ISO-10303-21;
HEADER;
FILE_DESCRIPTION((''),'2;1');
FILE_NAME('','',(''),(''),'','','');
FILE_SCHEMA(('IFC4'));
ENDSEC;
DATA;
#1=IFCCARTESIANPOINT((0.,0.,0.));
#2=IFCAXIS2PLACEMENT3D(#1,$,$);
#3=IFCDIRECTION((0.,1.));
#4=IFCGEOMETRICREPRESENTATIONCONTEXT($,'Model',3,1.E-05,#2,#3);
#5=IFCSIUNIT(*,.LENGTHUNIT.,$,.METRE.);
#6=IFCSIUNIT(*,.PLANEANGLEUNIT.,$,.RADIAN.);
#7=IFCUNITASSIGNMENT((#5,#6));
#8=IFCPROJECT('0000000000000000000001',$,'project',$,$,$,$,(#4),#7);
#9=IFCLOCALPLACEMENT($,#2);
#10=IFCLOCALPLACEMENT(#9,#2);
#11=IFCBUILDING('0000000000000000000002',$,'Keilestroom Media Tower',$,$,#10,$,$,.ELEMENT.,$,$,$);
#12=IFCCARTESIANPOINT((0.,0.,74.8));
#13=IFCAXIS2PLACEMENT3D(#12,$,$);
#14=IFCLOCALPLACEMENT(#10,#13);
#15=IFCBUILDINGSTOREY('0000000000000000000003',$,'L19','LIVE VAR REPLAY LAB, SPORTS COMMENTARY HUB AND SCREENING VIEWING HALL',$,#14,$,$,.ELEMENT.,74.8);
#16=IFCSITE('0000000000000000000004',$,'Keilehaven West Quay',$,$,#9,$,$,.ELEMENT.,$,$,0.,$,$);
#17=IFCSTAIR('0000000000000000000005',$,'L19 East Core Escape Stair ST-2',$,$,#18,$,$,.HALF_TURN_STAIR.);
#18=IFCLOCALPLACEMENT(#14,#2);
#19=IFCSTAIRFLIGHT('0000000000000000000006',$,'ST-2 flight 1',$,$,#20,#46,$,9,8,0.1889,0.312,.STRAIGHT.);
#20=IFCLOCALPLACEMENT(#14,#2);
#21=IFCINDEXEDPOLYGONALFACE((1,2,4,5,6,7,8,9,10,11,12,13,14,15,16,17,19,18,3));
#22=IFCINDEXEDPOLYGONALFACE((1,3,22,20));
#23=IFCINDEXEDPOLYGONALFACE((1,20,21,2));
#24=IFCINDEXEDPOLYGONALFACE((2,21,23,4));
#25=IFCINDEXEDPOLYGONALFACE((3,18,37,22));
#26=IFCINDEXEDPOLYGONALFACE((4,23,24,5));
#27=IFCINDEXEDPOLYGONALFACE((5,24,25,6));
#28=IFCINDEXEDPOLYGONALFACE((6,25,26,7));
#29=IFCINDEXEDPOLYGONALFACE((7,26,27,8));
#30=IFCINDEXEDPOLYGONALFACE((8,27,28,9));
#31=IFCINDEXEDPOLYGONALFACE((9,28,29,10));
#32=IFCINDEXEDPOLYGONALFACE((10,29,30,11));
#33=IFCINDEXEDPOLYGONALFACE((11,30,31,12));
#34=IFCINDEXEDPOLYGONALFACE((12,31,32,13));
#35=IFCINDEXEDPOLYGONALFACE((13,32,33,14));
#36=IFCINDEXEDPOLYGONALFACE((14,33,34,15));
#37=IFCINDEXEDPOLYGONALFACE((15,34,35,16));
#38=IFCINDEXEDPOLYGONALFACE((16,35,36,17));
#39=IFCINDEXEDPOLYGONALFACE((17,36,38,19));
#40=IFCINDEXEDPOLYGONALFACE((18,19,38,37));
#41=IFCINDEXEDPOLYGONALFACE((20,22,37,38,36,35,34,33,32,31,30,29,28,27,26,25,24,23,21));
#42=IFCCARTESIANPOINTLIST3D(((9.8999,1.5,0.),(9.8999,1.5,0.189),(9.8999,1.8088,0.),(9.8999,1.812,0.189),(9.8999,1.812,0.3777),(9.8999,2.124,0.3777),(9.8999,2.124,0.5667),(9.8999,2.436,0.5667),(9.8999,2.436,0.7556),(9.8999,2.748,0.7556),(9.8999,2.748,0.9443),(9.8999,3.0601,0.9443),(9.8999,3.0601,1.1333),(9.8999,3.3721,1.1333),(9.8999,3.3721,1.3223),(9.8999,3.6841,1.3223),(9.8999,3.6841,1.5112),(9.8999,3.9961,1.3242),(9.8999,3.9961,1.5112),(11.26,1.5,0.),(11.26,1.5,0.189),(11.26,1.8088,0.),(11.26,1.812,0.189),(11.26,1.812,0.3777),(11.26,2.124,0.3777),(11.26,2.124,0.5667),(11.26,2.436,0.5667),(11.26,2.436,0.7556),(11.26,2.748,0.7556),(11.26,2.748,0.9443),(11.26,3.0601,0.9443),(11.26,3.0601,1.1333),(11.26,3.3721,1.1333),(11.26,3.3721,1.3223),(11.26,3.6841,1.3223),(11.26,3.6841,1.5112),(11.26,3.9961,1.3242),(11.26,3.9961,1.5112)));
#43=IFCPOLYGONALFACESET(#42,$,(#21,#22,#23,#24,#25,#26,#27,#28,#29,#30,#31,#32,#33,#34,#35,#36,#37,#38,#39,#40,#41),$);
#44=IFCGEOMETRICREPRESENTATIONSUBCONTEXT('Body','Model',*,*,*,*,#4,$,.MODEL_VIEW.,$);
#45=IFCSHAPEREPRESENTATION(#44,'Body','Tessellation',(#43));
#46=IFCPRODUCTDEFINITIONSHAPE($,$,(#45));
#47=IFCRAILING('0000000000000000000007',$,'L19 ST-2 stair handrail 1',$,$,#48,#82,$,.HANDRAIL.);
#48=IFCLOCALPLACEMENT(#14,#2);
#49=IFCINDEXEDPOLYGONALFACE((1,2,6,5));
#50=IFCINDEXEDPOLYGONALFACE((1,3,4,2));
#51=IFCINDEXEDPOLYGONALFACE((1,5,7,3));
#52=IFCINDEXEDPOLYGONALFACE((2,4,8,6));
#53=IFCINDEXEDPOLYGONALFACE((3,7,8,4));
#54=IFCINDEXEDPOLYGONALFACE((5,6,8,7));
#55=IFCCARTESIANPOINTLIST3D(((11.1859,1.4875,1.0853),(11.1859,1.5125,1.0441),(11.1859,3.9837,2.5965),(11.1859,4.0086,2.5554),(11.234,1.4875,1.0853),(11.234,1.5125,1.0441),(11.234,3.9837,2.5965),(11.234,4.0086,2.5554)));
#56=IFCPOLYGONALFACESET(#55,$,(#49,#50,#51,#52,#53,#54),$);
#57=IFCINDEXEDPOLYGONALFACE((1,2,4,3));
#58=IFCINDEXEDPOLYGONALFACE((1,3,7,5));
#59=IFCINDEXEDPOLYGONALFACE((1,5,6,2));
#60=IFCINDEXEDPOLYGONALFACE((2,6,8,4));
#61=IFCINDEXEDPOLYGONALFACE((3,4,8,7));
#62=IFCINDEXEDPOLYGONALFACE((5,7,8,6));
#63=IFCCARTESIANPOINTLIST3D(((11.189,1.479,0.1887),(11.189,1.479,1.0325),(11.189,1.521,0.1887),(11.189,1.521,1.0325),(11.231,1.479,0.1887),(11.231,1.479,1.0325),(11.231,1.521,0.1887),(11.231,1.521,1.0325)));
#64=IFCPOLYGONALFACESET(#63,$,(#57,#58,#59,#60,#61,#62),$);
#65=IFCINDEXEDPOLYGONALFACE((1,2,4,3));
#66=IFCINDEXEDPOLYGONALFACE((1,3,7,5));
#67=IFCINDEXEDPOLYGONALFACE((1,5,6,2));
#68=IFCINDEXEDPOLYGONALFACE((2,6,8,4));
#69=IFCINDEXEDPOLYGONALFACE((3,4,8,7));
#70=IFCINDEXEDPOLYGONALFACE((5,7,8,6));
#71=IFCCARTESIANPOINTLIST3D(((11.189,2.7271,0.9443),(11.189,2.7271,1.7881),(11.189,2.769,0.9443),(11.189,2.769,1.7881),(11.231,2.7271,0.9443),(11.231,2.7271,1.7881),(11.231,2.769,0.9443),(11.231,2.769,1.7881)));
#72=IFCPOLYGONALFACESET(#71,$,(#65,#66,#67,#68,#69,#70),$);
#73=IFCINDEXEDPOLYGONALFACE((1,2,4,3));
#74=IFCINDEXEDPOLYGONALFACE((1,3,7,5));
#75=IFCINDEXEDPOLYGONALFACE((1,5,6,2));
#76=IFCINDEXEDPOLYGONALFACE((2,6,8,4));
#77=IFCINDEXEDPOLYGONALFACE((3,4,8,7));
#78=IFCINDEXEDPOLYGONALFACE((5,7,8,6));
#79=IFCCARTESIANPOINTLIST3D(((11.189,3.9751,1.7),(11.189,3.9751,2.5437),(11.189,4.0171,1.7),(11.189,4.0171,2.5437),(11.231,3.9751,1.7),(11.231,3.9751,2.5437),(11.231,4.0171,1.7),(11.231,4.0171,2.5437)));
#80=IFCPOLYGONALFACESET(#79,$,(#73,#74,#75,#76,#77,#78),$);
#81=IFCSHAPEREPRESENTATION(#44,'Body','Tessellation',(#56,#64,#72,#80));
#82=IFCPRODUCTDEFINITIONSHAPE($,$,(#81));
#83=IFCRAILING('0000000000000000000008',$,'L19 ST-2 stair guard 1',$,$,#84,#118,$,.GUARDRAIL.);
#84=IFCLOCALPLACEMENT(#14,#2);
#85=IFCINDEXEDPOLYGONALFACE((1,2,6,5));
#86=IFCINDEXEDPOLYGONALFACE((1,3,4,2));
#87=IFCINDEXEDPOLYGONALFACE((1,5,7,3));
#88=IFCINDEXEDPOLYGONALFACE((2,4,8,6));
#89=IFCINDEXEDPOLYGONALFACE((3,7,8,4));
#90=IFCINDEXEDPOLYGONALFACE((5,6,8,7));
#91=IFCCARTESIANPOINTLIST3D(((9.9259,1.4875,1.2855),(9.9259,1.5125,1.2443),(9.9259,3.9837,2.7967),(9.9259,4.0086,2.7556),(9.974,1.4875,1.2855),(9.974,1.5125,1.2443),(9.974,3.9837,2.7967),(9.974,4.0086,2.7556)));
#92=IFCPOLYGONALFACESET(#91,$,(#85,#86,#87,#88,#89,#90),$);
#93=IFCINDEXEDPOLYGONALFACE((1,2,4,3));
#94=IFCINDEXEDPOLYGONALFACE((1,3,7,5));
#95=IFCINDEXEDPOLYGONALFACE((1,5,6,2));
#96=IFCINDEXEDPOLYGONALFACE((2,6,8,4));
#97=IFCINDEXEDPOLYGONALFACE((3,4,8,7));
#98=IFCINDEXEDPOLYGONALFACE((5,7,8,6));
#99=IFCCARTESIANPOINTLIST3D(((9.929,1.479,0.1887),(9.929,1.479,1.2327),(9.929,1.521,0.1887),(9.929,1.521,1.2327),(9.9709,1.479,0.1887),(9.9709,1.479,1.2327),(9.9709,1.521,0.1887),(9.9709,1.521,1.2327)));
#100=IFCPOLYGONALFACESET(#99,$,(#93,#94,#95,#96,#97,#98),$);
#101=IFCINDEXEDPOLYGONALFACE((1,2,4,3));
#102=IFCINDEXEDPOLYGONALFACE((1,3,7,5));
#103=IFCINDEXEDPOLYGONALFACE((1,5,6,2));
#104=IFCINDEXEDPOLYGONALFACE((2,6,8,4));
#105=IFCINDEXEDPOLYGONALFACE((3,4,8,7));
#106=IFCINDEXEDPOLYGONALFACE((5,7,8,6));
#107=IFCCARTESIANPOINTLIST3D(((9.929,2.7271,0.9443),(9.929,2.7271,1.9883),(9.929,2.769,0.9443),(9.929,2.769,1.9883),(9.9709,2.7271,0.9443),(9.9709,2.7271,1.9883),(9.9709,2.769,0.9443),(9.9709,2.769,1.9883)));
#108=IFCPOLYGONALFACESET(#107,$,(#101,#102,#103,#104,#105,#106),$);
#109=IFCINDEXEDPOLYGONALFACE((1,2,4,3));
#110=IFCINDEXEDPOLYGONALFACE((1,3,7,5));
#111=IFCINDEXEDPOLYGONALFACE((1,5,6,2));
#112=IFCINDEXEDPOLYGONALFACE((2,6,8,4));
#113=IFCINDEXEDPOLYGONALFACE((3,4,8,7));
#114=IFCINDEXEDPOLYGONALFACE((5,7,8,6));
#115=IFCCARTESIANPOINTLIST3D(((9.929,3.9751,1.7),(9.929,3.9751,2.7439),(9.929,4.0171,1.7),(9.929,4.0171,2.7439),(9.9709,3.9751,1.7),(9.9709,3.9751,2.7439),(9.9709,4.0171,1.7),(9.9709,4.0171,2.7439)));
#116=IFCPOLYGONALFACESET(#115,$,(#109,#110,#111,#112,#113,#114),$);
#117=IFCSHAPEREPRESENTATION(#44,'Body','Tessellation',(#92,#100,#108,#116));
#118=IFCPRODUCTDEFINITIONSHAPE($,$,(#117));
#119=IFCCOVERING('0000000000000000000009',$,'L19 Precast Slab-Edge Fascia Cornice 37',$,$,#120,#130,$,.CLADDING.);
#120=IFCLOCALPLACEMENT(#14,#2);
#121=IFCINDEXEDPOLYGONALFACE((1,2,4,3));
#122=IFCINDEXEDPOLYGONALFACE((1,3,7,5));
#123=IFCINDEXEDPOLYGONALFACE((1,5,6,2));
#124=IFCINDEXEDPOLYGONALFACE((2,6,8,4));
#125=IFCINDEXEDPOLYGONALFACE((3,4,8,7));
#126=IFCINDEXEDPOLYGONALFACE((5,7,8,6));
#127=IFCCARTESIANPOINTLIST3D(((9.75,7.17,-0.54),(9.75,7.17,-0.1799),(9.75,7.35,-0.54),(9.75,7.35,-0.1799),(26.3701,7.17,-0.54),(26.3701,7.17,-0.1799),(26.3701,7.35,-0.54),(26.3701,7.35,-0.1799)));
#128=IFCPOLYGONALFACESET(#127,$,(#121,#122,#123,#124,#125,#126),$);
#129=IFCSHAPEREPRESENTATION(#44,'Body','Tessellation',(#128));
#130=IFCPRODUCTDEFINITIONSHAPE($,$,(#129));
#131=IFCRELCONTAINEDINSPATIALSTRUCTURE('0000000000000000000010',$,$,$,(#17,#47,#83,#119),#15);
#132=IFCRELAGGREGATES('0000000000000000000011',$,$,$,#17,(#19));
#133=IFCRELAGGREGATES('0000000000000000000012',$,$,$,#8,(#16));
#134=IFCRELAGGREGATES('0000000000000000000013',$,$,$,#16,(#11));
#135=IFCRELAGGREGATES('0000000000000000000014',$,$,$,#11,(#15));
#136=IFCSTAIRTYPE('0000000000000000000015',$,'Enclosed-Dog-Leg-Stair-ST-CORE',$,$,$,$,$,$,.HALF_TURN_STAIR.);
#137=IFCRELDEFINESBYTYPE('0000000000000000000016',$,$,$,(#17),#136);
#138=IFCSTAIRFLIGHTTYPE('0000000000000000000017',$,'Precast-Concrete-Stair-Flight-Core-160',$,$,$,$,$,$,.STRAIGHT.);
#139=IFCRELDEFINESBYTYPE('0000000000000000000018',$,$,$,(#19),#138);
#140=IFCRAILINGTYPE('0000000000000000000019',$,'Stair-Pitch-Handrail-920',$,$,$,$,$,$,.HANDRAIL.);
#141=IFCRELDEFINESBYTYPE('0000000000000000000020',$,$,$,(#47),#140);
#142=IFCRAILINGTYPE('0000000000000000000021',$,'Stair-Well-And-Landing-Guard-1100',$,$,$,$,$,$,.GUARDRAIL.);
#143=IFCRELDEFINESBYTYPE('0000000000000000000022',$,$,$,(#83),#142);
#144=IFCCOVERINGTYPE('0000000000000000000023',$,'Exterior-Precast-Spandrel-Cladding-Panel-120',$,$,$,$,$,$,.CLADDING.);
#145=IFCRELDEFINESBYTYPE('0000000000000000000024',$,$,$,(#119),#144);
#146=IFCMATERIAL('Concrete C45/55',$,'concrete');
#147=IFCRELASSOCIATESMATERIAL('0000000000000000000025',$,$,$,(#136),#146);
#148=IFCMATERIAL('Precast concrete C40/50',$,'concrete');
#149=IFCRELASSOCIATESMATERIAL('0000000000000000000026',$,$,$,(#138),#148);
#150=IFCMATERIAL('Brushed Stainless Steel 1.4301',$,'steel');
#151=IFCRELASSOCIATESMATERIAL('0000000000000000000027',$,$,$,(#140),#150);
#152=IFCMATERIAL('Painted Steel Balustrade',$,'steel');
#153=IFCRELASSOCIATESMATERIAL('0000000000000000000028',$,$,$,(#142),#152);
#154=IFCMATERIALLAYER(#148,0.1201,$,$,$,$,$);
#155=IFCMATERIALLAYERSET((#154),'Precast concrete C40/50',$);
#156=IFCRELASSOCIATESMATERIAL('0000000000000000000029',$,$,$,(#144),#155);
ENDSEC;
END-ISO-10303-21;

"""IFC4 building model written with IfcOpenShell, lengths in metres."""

from ifc_helpers import new_model, si_unit, direction, frame, origin, origin_2d, place, context, subcontext, project, spatial, polyline, rectangle, outline, extrude, source, transform, mapped, material, layer, layer_set, type_object, element, aggregate, save


model = new_model("IFC4")

# Units and contexts
model_context = context("Model", 3, precision=1e-05, world=origin(), true_north=direction((0.0, 1.0)))
body_context = subcontext(model_context, "Body", "Model", "MODEL_VIEW")
ifc_project = project(units=[si_unit("LENGTHUNIT", "METRE"), si_unit("PLANEANGLEUNIT", "RADIAN")], contexts=[model_context])

# Site, building, storey
site_placement = place(None, origin())
site = spatial("IfcSite", under=ifc_project, at=site_placement, Name="Keilehaven West Quay", CompositionType="ELEMENT", RefElevation=0.0)
building_placement = place(site_placement, origin())
building = spatial("IfcBuilding", under=site, at=building_placement, Name="Keilestroom Media Tower", CompositionType="ELEMENT")
storey_placement = place(building_placement, frame((0.0, 0.0, 74.8)))
storey = spatial("IfcBuildingStorey", under=building, at=storey_placement, Name="L19", Description="LIVE VAR REPLAY LAB, SPORTS COMMENTARY HUB AND SCREENING VIEWING HALL", CompositionType="ELEMENT", Elevation=74.8)

# Shared definitions
ifc_material_1 = material(Name="Precast concrete C40/50", Category="concrete")

# Stair, stair flight
ifc_material_2 = material(Name="Concrete C45/55", Category="concrete")
stair_type = type_object("IfcStairType", Name="Enclosed-Dog-Leg-Stair-ST-CORE", PredefinedType="HALF_TURN_STAIR", material=ifc_material_2)
stair_placement = place(storey_placement, origin())
stair = element("IfcStair", 1, at=stair_placement, inside=storey, type_object=stair_type, Name="L19 East Core Escape Stair ST-2", PredefinedType="HALF_TURN_STAIR")
stair_flight_type = type_object("IfcStairFlightType", Name="Precast-Concrete-Stair-Flight-Core-160", PredefinedType="STRAIGHT", material=ifc_material_1)
stair_flight_placement = place(storey_placement, frame((10.5801, 1.5, 0.0), z_axis=(0.0, 0.0, 1.0), x_axis=(0.0, 1.0, 0.0)))
stair_flight = element("IfcStairFlight", 2, at=stair_flight_placement, type_object=stair_flight_type, Name="ST-2 flight 1", NumberOfRisers=9, NumberOfTreads=8, PredefinedType="STRAIGHT", RiserHeight=0.1889, TreadLength=0.312, context=body_context, shape_type="SweptSolid", body=[
    extrude(outline(polyline([(0.0, 0.0), (0.0, 0.189), (0.312, 0.189), (0.312, 0.3777), (0.624, 0.3777), (0.624, 0.5667), (0.936, 0.5667), (0.936, 0.7556), (1.248, 0.7556), (1.248, 0.9443), (1.5601, 0.9443), (1.5601, 1.1333), (1.8721, 1.1333), (1.8721, 1.3223), (2.1841, 1.3223), (2.1841, 1.5112), (2.4961, 1.5112), (2.4961, 1.7), (2.4961, 1.3242), (0.3088, 0.0), (0.0, 0.0)])), frame((0.0, 0.6802, 0.0), z_axis=(0.0, -1.0, 0.0), x_axis=(1.0, 0.0, 0.0)), (0.0, 0.0, 1.0), 1.3601),
])
aggregate(stair, [stair_flight])

# Railings
ifc_material_3 = material(Name="Brushed Stainless Steel 1.4301", Category="steel")
railing_type_1 = type_object("IfcRailingType", Name="Stair-Pitch-Handrail-920", PredefinedType="HANDRAIL", material=ifc_material_3)
railing_1_placement = place(storey_placement, frame((11.21, 1.5, 0.1887)))
element("IfcRailing", 3, at=railing_1_placement, inside=storey, type_object=railing_type_1, Name="L19 ST-2 stair handrail 1", PredefinedType="HANDRAIL", context=body_context, shape_type="SweptSolid", body=[
    extrude(rectangle(XDim=0.0481, YDim=0.0481, at=origin_2d()), frame((0.0, 0.0, 0.876), z_axis=(0.0, 0.855434, 0.517912), x_axis=(-1.0, 0.0, 0.0)), (0.0, 0.0, 1.0), 2.918),
    extrude(rectangle(XDim=0.042, YDim=0.042, at=origin_2d()), origin(), (0.0, 0.0, 1.0), 0.8438),
    extrude(rectangle(XDim=0.042, YDim=0.042, at=origin_2d()), frame((0.0, 1.248, 0.7556)), (0.0, 0.0, 1.0), 0.8438),
    extrude(rectangle(XDim=0.042, YDim=0.042, at=origin_2d()), frame((0.0, 2.4961, 1.5112)), (0.0, 0.0, 1.0), 0.8438),
])
ifc_material_4 = material(Name="Painted Steel Balustrade", Category="steel")
railing_type_2 = type_object("IfcRailingType", Name="Stair-Well-And-Landing-Guard-1100", PredefinedType="GUARDRAIL", material=ifc_material_4)
railing_2_placement = place(storey_placement, frame((9.95, 1.5, 0.1887)))
element("IfcRailing", 4, at=railing_2_placement, inside=storey, type_object=railing_type_2, Name="L19 ST-2 stair guard 1", PredefinedType="GUARDRAIL", context=body_context, shape_type="SweptSolid", body=[
    extrude(rectangle(XDim=0.0481, YDim=0.0481, at=origin_2d()), frame((0.0, 0.0, 1.0762), z_axis=(0.0, 0.855434, 0.517912), x_axis=(-1.0, 0.0, 0.0)), (0.0, 0.0, 1.0), 2.918),
    extrude(rectangle(XDim=0.042, YDim=0.042, at=origin_2d()), origin(), (0.0, 0.0, 1.0), 1.0439),
    extrude(rectangle(XDim=0.042, YDim=0.042, at=origin_2d()), frame((0.0, 1.248, 0.7556)), (0.0, 0.0, 1.0), 1.0439),
    extrude(rectangle(XDim=0.042, YDim=0.042, at=origin_2d()), frame((0.0, 2.4961, 1.5112)), (0.0, 0.0, 1.0), 1.0439),
])

# Covering
ifc_layer_1 = layer(ifc_material_1, 0.1201)
ifc_layer_set_1 = layer_set([ifc_layer_1], Name="Precast concrete C40/50")
covering_type = type_object("IfcCoveringType", Name="Exterior-Precast-Spandrel-Cladding-Panel-120", PredefinedType="CLADDING", material=ifc_layer_set_1)
shared_shape_1 = source(origin(), body_context, "Body", "SweptSolid", [
    extrude(rectangle(XDim=16.6201, YDim=0.1799, at=origin_2d()), origin(), (0.0, 0.0, 1.0), 0.3601),
])
covering_placement = place(storey_placement, frame((18.0601, 7.26, -0.54), z_axis=(0.0, 0.0, 1.0), x_axis=(1.0, 0.0, 0.0)))
element("IfcCovering", 5, at=covering_placement, inside=storey, type_object=covering_type, Name="L19 Precast Slab-Edge Fascia Cornice 37", PredefinedType="CLADDING", context=body_context, shape_type="MappedRepresentation", body=[
    mapped(shared_shape_1, transform((0.0, 0.0, 0.0), x_axis=(1.0, 0.0, 0.0), y_axis=(0.0, 1.0, 0.0), z_axis=(0.0, 0.0, 1.0), scale=1.0)),
])

save(model, "model.ifc")
